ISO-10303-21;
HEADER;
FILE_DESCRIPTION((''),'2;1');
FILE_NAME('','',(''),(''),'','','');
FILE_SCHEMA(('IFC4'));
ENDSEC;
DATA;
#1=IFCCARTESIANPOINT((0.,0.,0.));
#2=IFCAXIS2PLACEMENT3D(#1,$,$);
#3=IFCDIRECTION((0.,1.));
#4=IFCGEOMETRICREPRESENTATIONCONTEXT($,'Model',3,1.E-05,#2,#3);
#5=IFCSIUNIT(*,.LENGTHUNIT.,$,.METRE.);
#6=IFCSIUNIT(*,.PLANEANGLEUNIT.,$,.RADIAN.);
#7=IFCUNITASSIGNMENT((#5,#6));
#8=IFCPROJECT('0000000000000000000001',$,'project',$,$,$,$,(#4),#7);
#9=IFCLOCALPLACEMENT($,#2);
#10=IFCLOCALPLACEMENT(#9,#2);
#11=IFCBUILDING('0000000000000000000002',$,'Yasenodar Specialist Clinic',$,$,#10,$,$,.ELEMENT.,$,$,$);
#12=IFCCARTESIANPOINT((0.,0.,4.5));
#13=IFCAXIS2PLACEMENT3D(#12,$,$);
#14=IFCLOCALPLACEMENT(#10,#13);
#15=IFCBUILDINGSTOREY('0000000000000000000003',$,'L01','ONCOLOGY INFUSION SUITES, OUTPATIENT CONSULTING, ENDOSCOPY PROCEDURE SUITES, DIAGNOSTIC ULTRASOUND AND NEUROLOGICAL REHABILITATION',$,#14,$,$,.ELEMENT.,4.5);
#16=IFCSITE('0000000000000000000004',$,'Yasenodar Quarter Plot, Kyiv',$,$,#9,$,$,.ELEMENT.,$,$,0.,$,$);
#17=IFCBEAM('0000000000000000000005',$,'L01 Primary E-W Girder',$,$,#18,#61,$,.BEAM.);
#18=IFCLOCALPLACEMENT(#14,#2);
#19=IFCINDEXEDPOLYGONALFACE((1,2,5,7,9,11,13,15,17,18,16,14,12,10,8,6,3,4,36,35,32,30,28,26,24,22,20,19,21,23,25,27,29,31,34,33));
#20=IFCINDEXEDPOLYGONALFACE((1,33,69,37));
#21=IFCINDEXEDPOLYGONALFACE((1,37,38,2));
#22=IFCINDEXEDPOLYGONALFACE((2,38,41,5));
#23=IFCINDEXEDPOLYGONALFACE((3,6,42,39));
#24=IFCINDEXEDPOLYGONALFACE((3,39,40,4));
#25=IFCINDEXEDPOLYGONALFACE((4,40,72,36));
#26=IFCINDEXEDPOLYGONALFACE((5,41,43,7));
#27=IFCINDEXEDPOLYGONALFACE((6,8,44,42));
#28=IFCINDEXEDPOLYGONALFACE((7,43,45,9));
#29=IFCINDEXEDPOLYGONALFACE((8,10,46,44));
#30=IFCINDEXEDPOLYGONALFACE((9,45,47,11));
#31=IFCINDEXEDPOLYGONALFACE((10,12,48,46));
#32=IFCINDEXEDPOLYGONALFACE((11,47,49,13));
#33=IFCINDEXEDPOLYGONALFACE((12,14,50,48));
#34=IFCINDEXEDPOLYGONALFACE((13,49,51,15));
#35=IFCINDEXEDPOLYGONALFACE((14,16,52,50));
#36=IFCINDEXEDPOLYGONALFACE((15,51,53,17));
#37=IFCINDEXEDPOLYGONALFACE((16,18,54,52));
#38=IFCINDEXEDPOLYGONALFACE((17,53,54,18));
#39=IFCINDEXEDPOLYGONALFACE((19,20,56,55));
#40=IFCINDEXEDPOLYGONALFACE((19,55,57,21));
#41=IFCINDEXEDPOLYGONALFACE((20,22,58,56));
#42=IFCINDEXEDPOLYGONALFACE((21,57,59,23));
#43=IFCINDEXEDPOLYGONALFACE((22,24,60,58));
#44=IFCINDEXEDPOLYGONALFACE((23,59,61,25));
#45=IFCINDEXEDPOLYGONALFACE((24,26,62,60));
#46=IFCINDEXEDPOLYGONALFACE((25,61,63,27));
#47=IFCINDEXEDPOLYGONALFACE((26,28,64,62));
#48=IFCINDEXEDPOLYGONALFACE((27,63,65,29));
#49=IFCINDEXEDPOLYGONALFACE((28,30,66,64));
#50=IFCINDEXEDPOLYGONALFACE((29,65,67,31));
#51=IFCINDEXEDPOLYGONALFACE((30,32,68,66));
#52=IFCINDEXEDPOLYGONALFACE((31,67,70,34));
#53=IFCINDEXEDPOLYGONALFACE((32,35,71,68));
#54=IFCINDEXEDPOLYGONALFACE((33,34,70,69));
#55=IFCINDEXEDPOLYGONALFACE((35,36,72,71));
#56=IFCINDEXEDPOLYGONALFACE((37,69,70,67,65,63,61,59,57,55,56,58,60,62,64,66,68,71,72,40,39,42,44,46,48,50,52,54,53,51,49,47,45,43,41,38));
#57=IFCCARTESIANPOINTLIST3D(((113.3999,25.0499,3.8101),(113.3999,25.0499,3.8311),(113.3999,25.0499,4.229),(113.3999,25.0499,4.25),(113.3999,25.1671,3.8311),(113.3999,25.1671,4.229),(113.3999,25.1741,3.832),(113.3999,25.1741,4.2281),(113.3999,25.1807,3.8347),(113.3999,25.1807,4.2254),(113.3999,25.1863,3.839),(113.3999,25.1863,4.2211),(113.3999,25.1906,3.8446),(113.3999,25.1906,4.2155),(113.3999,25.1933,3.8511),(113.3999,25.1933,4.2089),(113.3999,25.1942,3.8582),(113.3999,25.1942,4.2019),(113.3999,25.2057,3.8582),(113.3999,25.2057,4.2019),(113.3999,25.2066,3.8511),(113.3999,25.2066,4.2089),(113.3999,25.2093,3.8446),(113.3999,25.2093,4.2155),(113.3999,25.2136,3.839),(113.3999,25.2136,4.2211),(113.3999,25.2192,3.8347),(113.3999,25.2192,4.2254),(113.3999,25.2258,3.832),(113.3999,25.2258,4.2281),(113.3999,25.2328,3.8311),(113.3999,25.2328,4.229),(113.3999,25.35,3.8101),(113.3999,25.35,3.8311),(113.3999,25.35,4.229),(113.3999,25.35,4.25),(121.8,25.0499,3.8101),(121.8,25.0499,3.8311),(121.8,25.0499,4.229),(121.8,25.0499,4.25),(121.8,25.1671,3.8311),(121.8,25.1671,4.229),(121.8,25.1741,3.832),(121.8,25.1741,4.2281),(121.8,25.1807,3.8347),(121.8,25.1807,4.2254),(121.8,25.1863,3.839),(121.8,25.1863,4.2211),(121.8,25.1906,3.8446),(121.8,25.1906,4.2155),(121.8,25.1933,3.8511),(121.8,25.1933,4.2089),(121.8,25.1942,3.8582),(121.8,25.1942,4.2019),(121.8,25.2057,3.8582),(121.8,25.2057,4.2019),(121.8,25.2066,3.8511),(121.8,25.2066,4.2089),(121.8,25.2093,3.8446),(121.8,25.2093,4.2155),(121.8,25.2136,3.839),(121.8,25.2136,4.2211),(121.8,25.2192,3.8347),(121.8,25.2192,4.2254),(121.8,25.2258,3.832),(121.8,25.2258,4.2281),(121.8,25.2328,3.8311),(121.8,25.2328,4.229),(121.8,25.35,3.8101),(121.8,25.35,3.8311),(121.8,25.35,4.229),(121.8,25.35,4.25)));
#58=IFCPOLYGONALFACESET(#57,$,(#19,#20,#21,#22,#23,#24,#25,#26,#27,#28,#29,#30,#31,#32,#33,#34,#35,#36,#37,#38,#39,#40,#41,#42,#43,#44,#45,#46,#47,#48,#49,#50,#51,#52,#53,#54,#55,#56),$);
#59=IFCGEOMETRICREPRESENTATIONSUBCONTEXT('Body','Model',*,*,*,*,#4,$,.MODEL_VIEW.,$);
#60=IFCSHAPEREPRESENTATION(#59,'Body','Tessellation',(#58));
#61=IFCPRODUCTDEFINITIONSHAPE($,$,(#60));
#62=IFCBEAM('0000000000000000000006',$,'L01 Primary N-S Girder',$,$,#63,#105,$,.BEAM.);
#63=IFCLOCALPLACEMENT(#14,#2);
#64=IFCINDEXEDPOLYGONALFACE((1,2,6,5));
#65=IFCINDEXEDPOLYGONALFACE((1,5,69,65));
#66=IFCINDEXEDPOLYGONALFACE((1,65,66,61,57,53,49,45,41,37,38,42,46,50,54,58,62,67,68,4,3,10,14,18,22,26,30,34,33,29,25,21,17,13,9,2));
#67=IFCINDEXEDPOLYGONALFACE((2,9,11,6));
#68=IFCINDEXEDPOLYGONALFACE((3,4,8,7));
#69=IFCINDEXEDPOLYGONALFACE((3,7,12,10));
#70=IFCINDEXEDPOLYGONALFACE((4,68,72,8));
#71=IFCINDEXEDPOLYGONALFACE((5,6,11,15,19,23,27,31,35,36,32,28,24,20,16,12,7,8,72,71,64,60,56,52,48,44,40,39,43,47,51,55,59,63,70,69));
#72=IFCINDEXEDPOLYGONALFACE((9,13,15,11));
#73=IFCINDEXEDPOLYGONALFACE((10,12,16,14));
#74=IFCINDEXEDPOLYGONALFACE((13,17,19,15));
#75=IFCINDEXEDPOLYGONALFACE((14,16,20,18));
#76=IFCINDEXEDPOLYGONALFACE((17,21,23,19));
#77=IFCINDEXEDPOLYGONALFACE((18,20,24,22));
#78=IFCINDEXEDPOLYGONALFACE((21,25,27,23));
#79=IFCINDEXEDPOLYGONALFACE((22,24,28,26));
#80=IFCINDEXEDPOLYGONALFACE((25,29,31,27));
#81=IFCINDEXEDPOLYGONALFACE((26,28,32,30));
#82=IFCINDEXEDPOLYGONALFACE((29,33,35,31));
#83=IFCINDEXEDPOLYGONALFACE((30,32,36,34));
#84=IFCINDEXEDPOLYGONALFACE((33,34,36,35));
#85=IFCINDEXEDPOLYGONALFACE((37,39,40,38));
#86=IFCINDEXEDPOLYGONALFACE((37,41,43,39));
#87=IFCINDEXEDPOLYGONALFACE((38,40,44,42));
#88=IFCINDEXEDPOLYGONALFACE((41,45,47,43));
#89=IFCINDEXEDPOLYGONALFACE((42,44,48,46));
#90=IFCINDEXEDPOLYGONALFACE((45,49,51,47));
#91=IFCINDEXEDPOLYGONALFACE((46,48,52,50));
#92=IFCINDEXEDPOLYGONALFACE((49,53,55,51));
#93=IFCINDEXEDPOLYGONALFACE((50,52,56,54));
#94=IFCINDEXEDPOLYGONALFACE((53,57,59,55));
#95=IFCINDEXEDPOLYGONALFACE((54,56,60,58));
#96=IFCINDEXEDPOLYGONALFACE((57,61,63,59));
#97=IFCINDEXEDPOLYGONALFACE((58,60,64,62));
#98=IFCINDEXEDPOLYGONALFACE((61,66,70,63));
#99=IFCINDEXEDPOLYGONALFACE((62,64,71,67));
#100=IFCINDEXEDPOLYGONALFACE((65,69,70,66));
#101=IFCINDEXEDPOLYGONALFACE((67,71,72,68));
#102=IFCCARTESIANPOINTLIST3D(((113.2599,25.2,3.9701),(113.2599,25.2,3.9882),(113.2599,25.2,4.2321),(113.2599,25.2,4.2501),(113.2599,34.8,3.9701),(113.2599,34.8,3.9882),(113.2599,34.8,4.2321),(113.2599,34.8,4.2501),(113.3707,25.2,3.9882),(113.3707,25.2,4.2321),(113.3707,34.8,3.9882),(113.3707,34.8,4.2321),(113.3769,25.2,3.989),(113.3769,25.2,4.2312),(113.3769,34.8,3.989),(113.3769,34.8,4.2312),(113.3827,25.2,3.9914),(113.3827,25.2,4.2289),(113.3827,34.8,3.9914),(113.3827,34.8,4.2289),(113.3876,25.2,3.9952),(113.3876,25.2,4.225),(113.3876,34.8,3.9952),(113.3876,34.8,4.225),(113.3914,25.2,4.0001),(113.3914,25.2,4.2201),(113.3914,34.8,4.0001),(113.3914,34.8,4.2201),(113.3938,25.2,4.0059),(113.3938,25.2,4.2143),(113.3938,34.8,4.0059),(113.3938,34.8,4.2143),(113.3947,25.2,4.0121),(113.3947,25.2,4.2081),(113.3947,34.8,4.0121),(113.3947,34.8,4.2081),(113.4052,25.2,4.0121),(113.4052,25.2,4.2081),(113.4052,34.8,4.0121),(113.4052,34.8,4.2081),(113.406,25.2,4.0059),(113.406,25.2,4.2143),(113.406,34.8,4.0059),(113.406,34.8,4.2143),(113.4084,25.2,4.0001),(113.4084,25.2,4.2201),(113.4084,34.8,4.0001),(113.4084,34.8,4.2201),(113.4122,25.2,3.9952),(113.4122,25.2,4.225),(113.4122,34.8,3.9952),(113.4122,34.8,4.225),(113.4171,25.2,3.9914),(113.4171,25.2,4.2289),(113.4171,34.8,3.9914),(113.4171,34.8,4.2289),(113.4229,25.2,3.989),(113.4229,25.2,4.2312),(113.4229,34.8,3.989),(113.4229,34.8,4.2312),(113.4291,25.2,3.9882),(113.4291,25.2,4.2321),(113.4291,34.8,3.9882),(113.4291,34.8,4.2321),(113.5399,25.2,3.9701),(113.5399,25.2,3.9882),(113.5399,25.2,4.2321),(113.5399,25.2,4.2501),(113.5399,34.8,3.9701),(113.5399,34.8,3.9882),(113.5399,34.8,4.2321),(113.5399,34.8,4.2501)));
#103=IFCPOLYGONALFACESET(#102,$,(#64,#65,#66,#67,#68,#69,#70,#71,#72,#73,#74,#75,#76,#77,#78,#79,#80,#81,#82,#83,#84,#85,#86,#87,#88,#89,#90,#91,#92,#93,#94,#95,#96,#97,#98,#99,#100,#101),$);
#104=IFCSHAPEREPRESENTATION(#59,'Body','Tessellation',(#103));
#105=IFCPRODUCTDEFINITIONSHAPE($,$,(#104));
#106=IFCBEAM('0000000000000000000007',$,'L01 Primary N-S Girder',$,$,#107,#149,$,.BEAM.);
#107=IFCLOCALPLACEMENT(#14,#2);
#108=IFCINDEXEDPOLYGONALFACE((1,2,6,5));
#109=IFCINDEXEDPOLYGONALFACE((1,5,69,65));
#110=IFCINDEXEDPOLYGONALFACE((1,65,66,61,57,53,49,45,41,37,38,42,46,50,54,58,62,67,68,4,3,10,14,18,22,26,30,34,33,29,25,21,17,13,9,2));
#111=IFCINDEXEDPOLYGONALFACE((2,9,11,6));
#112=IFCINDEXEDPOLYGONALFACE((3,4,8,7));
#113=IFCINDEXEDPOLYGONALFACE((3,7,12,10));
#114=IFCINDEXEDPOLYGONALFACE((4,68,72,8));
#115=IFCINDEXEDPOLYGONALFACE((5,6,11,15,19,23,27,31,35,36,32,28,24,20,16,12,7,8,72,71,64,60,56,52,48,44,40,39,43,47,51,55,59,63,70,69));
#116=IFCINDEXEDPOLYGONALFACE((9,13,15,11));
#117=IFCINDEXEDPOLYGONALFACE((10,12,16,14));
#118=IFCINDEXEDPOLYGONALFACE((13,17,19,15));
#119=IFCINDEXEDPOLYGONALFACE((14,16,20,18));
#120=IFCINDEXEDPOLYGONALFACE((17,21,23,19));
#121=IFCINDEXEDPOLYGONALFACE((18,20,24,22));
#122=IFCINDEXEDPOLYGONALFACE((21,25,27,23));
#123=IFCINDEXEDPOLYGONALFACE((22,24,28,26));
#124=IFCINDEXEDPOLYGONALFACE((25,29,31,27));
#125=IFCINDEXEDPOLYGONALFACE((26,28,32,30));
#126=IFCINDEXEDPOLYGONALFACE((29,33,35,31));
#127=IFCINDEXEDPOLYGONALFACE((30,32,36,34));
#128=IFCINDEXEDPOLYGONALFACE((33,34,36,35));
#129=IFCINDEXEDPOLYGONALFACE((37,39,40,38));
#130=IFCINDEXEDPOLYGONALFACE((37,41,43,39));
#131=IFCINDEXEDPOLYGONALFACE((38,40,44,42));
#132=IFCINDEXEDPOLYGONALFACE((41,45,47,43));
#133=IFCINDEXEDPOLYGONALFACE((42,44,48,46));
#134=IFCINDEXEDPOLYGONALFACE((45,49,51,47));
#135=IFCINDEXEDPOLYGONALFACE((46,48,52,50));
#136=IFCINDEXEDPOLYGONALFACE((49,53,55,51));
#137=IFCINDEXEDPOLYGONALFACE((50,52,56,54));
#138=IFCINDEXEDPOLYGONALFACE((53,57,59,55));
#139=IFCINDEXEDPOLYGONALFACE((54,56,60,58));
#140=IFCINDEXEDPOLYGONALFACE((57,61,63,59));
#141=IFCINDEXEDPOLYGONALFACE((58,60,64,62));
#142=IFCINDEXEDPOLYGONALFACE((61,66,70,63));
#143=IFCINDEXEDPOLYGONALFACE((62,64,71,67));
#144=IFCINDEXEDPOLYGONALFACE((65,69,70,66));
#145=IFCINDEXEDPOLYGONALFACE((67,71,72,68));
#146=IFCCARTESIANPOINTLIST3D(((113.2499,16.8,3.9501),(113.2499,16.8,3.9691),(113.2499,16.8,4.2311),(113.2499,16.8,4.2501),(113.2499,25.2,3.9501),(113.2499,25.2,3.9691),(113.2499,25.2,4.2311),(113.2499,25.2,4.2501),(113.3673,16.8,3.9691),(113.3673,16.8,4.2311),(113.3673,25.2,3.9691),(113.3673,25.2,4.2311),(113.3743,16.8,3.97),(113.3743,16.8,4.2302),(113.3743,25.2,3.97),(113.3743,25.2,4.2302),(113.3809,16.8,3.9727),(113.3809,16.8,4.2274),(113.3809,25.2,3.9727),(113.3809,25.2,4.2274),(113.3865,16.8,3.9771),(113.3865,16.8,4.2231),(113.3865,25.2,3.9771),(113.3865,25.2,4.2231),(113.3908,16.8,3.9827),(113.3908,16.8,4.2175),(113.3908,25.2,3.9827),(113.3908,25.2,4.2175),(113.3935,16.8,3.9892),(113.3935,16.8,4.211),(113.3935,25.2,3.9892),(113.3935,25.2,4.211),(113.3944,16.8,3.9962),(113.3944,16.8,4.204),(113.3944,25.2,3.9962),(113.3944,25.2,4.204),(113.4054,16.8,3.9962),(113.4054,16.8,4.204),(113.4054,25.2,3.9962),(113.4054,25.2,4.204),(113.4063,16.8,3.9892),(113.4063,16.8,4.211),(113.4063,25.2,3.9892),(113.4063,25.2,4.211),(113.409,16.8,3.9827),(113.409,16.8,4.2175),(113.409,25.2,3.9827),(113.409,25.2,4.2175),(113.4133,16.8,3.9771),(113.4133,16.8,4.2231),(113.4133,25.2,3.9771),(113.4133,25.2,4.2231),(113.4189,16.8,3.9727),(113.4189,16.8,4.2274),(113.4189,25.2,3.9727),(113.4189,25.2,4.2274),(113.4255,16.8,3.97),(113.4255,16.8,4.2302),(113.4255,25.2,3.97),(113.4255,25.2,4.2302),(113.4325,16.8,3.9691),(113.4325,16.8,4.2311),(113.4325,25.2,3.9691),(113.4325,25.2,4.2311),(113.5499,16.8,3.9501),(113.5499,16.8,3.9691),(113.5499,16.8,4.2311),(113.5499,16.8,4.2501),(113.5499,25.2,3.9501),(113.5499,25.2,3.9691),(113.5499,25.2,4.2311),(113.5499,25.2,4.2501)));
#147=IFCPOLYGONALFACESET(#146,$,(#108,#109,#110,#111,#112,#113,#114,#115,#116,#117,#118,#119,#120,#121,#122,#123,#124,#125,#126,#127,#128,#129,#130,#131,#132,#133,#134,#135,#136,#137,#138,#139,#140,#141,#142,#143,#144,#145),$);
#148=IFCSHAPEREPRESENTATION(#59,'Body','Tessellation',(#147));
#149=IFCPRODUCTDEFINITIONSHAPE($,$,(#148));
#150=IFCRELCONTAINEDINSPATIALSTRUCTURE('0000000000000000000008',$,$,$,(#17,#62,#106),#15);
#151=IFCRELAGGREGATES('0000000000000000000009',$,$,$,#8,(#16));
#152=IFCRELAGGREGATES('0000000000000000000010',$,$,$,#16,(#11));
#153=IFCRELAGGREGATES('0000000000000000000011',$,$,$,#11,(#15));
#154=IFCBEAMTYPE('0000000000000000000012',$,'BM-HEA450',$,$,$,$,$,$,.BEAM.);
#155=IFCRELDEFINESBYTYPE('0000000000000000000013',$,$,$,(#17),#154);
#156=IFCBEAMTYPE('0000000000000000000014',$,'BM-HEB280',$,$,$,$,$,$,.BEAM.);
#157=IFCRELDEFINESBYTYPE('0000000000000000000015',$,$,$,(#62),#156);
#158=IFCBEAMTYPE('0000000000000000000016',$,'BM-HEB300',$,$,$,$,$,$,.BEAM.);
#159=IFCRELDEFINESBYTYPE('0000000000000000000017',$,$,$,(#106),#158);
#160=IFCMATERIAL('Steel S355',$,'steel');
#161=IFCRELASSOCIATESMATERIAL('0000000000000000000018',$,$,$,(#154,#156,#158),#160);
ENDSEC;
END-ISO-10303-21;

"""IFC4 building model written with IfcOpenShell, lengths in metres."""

from ifc_helpers import new_model, si_unit, direction, frame, origin, origin_2d, place, context, subcontext, project, spatial, i_section, extrude, material, material_profile, profile_set, type_object, element, save


model = new_model("IFC4")

# Units and contexts
model_context = context("Model", 3, precision=1e-05, world=origin(), true_north=direction((0.0, 1.0)))
body_context = subcontext(model_context, "Body", "Model", "MODEL_VIEW")
ifc_project = project(units=[si_unit("LENGTHUNIT", "METRE"), si_unit("PLANEANGLEUNIT", "RADIAN")], contexts=[model_context])

# Site, building, storey
site_placement = place(None, origin())
site = spatial("IfcSite", under=ifc_project, at=site_placement, Name="Yasenodar Quarter Plot, Kyiv", CompositionType="ELEMENT", RefElevation=0.0)
building_placement = place(site_placement, origin())
building = spatial("IfcBuilding", under=site, at=building_placement, Name="Yasenodar Specialist Clinic", CompositionType="ELEMENT")
storey_placement = place(building_placement, frame((0.0, 0.0, 4.5)))
storey = spatial("IfcBuildingStorey", under=building, at=storey_placement, Name="L01", Description="ONCOLOGY INFUSION SUITES, OUTPATIENT CONSULTING, ENDOSCOPY PROCEDURE SUITES, DIAGNOSTIC ULTRASOUND AND NEUROLOGICAL REHABILITATION", CompositionType="ELEMENT", Elevation=4.5)

# Shared definitions
ifc_material_1 = material(Name="Steel S355", Category="steel")

# Beams
ifc_material_profile_1 = material_profile(ifc_material_1, i_section(OverallWidth=0.3, OverallDepth=0.4399, WebThickness=0.0115, FlangeThickness=0.021, FilletRadius=0.0271, at=origin_2d()), Name="HEA 450")
ifc_profile_set_1 = profile_set([ifc_material_profile_1], Name="Steel S355")
beam_type_1 = type_object("IfcBeamType", Name="BM-HEA450", PredefinedType="BEAM", material=ifc_profile_set_1)
beam_1_placement = place(storey_placement, frame((113.3999, 25.2, 4.03), z_axis=(1.0, 0.0, 0.0), x_axis=(0.0, 1.0, 0.0)))
element("IfcBeam", 1, at=beam_1_placement, inside=storey, type_object=beam_type_1, Name="L01 Primary E-W Girder", PredefinedType="BEAM", context=body_context, shape_type="SweptSolid", body=[
    extrude(i_section(OverallWidth=0.3, OverallDepth=0.4399, WebThickness=0.0115, FlangeThickness=0.021, FilletRadius=0.0271, at=origin_2d()), origin(), (0.0, 0.0, 1.0), 8.4001),
])
ifc_material_profile_2 = material_profile(ifc_material_1, i_section(OverallWidth=0.28, OverallDepth=0.28, WebThickness=0.0105, FlangeThickness=0.0181, FilletRadius=0.0239, at=origin_2d()), Name="HEB 280")
ifc_profile_set_2 = profile_set([ifc_material_profile_2], Name="Steel S355")
beam_type_2 = type_object("IfcBeamType", Name="BM-HEB280", PredefinedType="BEAM", material=ifc_profile_set_2)
beam_2_placement = place(storey_placement, frame((113.3999, 25.2, 4.1101), z_axis=(0.0, 1.0, 0.0), x_axis=(-1.0, 0.0, 0.0)))
element("IfcBeam", 2, at=beam_2_placement, inside=storey, type_object=beam_type_2, Name="L01 Primary N-S Girder", PredefinedType="BEAM", context=body_context, shape_type="SweptSolid", body=[
    extrude(i_section(OverallWidth=0.28, OverallDepth=0.28, WebThickness=0.0105, FlangeThickness=0.0181, FilletRadius=0.0239, at=origin_2d()), origin(), (0.0, 0.0, 1.0), 9.6001),
])
ifc_material_profile_3 = material_profile(ifc_material_1, i_section(OverallWidth=0.3, OverallDepth=0.3, WebThickness=0.011, FlangeThickness=0.019, FilletRadius=0.0271, at=origin_2d()), Name="HEB 300")
ifc_profile_set_3 = profile_set([ifc_material_profile_3], Name="Steel S355")
beam_type_3 = type_object("IfcBeamType", Name="BM-HEB300", PredefinedType="BEAM", material=ifc_profile_set_3)
beam_3_placement = place(storey_placement, frame((113.3999, 16.8, 4.1001), z_axis=(0.0, 1.0, 0.0), x_axis=(-1.0, 0.0, 0.0)))
element("IfcBeam", 3, at=beam_3_placement, inside=storey, type_object=beam_type_3, Name="L01 Primary N-S Girder", PredefinedType="BEAM", context=body_context, shape_type="SweptSolid", body=[
    extrude(i_section(OverallWidth=0.3, OverallDepth=0.3, WebThickness=0.011, FlangeThickness=0.019, FilletRadius=0.0271, at=origin_2d()), origin(), (0.0, 0.0, 1.0), 8.3999),
])

save(model, "model.ifc")
